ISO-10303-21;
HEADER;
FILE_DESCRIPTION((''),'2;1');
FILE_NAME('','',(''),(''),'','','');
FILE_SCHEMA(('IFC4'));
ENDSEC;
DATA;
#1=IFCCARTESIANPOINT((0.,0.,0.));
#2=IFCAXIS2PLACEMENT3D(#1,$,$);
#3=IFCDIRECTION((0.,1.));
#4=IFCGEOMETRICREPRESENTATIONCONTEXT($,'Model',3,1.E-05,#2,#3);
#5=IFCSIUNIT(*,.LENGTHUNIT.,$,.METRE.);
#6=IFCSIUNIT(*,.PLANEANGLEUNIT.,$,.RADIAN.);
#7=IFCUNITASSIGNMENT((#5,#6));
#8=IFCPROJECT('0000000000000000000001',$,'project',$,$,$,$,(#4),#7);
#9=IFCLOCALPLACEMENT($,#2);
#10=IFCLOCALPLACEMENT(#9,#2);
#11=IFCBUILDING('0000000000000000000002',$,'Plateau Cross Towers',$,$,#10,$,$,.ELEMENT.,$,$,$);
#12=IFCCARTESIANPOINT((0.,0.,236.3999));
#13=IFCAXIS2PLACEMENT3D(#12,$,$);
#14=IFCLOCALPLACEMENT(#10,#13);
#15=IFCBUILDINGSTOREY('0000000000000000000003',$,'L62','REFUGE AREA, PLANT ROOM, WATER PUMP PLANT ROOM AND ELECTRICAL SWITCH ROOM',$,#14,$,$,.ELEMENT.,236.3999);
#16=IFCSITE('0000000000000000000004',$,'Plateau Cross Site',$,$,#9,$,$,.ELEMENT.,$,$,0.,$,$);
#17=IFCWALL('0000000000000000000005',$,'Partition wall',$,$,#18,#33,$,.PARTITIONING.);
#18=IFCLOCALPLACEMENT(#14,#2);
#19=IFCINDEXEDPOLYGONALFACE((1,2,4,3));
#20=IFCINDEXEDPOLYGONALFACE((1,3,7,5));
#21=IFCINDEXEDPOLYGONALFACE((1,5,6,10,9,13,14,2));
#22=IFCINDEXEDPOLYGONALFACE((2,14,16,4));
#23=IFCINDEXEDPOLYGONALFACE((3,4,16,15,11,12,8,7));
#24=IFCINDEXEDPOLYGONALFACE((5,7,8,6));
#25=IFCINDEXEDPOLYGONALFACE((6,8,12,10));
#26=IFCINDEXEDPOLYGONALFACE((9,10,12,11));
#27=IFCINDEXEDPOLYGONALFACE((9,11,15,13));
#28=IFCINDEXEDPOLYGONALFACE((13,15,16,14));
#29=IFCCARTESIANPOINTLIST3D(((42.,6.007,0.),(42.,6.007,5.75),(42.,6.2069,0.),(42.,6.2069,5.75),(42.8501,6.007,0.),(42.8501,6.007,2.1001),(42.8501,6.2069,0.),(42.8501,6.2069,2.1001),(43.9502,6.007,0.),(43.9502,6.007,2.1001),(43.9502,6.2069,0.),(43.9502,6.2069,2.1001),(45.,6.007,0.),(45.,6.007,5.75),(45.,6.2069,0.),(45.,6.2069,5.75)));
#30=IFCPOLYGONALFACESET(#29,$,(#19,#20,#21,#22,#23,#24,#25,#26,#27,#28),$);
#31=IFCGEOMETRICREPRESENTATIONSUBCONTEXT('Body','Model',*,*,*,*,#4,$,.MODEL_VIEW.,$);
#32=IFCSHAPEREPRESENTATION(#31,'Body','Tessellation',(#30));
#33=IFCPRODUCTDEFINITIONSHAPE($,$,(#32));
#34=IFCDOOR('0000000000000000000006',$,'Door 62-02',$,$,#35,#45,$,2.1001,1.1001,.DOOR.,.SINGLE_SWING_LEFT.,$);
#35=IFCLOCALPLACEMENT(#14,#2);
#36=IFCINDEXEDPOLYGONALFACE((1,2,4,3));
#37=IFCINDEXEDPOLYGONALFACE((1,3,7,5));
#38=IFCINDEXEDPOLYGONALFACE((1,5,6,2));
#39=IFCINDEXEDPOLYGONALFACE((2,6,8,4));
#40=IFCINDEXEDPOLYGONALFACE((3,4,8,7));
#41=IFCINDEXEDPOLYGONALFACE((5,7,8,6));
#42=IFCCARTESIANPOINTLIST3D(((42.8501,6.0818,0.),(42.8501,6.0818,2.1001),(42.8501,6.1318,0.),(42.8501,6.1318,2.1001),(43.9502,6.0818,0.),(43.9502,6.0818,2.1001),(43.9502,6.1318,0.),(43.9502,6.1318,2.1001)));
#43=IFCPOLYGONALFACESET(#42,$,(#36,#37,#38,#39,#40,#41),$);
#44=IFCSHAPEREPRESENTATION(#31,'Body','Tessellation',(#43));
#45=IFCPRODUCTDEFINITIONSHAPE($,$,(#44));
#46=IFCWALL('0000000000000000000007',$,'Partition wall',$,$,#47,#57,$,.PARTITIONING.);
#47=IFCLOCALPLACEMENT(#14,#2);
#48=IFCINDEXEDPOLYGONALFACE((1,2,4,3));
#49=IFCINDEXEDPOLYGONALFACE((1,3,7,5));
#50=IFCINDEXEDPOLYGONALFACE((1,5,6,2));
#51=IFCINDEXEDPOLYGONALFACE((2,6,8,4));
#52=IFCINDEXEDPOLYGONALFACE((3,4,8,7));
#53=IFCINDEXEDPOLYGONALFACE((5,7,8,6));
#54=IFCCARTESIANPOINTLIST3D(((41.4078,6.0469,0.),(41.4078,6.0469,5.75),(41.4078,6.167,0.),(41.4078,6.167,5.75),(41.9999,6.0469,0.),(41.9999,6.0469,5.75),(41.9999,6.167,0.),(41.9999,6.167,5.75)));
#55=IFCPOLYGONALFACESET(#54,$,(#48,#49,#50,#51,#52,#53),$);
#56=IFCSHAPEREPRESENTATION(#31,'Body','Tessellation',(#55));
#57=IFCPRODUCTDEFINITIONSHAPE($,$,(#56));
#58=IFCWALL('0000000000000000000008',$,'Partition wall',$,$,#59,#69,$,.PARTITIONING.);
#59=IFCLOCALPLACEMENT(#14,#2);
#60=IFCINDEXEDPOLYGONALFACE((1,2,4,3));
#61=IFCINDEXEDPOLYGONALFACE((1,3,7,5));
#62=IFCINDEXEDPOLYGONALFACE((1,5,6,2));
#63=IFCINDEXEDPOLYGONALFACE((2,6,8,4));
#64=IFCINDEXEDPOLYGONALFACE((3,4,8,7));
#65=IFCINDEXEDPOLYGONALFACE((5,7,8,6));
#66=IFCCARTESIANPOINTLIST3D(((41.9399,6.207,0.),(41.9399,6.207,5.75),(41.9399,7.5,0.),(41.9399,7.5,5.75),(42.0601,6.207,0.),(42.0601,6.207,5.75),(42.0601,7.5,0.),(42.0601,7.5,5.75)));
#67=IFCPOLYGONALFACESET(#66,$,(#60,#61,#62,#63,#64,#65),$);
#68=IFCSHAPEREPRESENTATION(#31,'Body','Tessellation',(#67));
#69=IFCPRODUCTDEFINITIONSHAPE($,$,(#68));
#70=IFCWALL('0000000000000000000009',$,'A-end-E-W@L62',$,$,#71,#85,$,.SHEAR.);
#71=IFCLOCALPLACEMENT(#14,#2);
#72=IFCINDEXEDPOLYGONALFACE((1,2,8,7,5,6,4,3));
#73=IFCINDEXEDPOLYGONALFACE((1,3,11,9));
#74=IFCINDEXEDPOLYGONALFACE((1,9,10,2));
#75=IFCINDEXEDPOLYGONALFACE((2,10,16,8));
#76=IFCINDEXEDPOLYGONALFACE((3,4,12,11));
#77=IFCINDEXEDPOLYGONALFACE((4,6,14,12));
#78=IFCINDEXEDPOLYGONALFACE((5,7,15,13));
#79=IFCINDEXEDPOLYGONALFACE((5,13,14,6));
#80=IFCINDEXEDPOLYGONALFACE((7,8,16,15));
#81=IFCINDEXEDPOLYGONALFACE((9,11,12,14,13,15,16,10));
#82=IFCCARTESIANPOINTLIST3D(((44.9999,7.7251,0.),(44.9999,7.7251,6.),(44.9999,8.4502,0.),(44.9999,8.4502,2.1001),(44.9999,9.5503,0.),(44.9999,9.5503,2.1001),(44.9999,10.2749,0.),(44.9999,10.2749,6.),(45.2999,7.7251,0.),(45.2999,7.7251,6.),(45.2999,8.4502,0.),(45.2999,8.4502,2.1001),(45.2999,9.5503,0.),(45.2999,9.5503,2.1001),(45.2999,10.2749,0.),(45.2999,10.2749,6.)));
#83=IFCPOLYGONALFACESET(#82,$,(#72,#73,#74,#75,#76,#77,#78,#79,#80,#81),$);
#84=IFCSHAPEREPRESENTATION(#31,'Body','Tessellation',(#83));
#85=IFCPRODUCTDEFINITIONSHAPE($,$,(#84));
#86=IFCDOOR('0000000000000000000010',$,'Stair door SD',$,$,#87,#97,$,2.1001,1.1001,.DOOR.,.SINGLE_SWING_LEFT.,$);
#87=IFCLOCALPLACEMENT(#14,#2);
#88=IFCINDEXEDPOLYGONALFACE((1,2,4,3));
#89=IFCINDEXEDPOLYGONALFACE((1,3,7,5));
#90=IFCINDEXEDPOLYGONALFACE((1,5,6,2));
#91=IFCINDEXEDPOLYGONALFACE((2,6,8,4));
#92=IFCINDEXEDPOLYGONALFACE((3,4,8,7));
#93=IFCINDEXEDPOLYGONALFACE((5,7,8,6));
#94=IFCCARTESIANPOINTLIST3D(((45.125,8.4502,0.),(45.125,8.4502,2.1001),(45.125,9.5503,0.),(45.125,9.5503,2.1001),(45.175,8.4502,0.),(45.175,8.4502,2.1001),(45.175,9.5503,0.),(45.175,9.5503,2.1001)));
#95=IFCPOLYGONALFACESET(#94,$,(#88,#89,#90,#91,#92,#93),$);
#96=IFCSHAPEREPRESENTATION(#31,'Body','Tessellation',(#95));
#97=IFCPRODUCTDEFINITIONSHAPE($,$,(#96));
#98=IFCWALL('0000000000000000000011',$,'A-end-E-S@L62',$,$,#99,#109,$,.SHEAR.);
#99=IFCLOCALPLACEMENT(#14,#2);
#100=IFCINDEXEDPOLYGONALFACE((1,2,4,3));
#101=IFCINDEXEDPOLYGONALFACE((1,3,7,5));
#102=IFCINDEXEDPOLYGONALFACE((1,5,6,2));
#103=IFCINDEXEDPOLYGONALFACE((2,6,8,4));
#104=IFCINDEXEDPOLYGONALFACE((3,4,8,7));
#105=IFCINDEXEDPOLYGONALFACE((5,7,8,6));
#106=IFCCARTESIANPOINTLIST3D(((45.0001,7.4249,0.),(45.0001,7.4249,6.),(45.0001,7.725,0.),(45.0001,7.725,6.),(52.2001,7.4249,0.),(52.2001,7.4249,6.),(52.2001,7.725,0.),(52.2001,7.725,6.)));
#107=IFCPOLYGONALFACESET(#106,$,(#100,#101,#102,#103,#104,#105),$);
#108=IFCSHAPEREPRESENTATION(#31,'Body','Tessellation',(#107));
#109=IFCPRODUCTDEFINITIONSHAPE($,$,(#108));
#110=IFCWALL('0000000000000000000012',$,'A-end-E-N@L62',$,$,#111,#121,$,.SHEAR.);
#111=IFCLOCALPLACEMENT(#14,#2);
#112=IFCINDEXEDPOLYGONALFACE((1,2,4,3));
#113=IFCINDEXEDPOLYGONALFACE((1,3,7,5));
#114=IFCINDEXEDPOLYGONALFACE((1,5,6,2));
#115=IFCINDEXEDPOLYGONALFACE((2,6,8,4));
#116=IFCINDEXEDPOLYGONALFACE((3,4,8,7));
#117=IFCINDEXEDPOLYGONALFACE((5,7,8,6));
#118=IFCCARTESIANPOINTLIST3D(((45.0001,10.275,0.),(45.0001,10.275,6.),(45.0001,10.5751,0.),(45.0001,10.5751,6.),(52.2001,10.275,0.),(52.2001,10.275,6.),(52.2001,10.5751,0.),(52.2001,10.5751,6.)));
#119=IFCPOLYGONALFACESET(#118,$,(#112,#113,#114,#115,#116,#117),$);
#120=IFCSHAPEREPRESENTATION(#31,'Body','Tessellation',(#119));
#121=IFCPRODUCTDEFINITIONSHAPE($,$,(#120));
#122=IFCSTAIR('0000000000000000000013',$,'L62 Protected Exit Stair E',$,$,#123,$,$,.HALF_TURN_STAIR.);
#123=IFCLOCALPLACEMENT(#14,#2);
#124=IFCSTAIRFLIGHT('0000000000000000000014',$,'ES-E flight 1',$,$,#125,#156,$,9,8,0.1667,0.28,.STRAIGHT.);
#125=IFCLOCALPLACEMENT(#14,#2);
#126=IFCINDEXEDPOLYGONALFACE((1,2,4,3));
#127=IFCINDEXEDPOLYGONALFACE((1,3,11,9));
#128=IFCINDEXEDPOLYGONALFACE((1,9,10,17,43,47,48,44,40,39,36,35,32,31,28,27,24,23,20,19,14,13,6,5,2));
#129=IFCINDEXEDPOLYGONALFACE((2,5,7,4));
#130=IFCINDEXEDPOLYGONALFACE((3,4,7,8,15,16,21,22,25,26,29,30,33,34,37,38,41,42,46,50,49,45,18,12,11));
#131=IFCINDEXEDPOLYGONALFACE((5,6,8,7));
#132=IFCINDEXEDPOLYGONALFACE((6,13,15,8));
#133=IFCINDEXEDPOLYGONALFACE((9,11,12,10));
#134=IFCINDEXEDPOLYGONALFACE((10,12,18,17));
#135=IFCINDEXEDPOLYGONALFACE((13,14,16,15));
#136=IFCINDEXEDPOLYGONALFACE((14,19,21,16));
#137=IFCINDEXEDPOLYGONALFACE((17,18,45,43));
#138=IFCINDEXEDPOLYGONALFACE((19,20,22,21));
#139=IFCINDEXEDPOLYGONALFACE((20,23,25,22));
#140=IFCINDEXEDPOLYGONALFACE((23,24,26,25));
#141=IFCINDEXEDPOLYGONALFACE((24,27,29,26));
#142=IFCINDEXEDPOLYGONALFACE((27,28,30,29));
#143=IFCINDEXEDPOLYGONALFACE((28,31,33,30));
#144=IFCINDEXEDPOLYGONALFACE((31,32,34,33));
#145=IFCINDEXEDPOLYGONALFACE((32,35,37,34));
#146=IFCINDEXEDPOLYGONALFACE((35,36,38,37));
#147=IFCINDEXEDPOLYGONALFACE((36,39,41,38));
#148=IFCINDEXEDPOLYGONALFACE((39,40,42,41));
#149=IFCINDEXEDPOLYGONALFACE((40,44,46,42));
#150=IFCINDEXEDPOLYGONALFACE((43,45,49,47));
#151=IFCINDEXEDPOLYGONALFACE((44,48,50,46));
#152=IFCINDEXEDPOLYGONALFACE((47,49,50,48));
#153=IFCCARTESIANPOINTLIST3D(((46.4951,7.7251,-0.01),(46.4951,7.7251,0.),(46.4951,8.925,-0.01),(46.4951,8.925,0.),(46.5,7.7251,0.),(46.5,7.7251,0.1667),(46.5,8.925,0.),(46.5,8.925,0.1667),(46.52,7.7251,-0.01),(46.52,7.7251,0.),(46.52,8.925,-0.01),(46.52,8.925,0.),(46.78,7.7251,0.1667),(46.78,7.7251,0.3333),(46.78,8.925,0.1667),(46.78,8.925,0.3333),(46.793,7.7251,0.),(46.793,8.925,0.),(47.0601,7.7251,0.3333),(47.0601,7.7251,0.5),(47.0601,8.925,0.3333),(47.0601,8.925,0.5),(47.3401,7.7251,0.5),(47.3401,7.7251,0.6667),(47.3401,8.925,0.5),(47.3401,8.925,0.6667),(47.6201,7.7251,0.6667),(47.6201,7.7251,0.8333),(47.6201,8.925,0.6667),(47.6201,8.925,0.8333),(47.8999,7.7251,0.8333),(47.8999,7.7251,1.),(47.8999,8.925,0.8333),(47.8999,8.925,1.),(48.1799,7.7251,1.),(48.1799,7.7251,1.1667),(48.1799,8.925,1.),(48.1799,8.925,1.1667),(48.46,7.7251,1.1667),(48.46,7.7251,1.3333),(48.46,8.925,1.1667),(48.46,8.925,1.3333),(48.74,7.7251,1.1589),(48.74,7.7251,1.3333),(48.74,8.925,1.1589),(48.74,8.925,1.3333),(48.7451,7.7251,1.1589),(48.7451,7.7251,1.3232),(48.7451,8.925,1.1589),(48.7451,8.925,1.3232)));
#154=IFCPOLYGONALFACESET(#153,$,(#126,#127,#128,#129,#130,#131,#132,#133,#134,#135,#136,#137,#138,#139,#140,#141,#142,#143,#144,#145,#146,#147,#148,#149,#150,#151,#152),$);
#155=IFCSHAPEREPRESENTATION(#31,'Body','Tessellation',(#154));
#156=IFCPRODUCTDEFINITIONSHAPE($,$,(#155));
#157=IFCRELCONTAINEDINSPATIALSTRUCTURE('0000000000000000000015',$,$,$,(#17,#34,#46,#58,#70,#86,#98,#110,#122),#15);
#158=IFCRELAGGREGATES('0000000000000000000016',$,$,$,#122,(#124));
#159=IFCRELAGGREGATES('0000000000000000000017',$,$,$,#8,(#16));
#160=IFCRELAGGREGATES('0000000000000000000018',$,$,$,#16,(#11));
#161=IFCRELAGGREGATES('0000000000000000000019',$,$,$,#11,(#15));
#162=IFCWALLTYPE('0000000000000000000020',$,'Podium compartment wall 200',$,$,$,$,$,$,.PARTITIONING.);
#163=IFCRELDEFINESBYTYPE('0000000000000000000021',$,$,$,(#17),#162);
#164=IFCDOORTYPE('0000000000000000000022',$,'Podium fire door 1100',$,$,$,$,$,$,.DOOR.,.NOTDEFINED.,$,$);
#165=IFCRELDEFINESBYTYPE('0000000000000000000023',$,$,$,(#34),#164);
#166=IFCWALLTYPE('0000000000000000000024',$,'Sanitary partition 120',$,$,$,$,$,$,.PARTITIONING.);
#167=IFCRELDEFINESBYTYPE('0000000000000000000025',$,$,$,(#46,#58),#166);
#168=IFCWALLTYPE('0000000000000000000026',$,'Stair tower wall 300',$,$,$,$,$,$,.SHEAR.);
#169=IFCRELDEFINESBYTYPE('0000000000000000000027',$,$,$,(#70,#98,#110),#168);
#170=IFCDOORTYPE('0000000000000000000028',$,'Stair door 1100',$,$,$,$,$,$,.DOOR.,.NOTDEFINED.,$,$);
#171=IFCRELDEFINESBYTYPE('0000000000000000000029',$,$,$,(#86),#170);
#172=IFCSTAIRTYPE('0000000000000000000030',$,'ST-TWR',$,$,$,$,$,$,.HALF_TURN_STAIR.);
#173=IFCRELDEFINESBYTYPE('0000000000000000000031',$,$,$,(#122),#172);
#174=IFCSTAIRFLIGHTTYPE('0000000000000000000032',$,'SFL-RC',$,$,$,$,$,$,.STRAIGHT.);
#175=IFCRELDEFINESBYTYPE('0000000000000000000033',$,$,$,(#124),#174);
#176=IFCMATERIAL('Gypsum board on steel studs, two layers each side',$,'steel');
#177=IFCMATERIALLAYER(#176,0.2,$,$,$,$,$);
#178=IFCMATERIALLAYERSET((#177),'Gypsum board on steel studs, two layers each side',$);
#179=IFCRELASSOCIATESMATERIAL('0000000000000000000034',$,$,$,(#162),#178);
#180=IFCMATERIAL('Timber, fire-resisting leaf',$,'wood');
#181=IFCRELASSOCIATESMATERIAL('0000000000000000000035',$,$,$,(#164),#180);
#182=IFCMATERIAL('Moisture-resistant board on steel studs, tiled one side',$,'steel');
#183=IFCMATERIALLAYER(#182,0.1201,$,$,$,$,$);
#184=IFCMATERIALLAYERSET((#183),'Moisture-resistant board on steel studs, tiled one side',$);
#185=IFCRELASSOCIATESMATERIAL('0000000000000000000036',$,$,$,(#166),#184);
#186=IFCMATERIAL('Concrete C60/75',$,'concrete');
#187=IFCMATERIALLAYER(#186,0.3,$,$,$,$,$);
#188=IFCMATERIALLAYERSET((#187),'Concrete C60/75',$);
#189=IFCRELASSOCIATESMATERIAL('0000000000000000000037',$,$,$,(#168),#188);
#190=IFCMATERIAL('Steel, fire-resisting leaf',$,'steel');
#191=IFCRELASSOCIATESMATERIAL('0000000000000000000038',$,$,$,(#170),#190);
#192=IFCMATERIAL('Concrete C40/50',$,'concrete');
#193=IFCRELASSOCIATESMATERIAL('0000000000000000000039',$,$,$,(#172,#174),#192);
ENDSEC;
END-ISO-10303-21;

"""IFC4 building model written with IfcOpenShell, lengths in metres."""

from ifc_helpers import new_model, si_unit, direction, frame, frame_2d, origin, place, context, subcontext, project, spatial, polyline, rectangle, outline, extrude, material, layer, layer_set, type_object, element, fill, aggregate, save


model = new_model("IFC4")

# Units and contexts
model_context = context("Model", 3, precision=1e-05, world=origin(), true_north=direction((0.0, 1.0)))
body_context = subcontext(model_context, "Body", "Model", "MODEL_VIEW")
ifc_project = project(units=[si_unit("LENGTHUNIT", "METRE"), si_unit("PLANEANGLEUNIT", "RADIAN")], contexts=[model_context])

# Site, building, storey
site_placement = place(None, origin())
site = spatial("IfcSite", under=ifc_project, at=site_placement, Name="Plateau Cross Site", CompositionType="ELEMENT", RefElevation=0.0)
building_placement = place(site_placement, origin())
building = spatial("IfcBuilding", under=site, at=building_placement, Name="Plateau Cross Towers", CompositionType="ELEMENT")
storey_placement = place(building_placement, frame((0.0, 0.0, 236.3999)))
storey = spatial("IfcBuildingStorey", under=building, at=storey_placement, Name="L62", Description="REFUGE AREA, PLANT ROOM, WATER PUMP PLANT ROOM AND ELECTRICAL SWITCH ROOM", CompositionType="ELEMENT", Elevation=236.3999)

# Shared definitions
ifc_material_1 = material(Name="Concrete C60/75", Category="concrete")

# Wall, opening, door
ifc_material_2 = material(Name="Gypsum board on steel studs, two layers each side", Category="steel")
ifc_layer_1 = layer(ifc_material_2, 0.2)
ifc_layer_set_1 = layer_set([ifc_layer_1], Name="Gypsum board on steel studs, two layers each side")
wall_type_1 = type_object("IfcWallType", Name="Podium compartment wall 200", PredefinedType="PARTITIONING", material=ifc_layer_set_1)
wall_1_placement = place(storey_placement, frame((42.0, 6.1069, 0.0), z_axis=(0.0, 0.0, 1.0), x_axis=(1.0, 0.0, 0.0)))
wall_1 = element("IfcWall", 1, at=wall_1_placement, inside=storey, type_object=wall_type_1, Name="Partition wall", PredefinedType="PARTITIONING", context=body_context, shape_type="SweptSolid", body=[
    extrude(rectangle(XDim=3.0, YDim=0.2, at=frame_2d((1.5, 0.0))), origin(), (0.0, 0.0, 1.0), 5.75),
])
opening_1_placement = place(wall_1_placement, frame((0.8501, 0.0, 0.0)))
opening_1 = element("IfcOpeningElement", 2, at=opening_1_placement, cuts=wall_1, PredefinedType="OPENING", context=body_context, shape_type="SweptSolid", body=[
    extrude(rectangle(XDim=1.1001, YDim=2.1001, at=frame_2d((0.55, 1.05))), frame((0.0, 0.1099, 0.0), z_axis=(0.0, -1.0, 0.0), x_axis=(1.0, 0.0, 0.0)), (0.0, 0.0, 1.0), 0.22),
])
ifc_material_3 = material(Name="Timber, fire-resisting leaf", Category="wood")
door_type_1 = type_object("IfcDoorType", Name="Podium fire door 1100", OperationType="NOTDEFINED", PredefinedType="DOOR", material=ifc_material_3)
door_1_placement = place(opening_1_placement, origin())
door_1 = element("IfcDoor", 3, at=door_1_placement, inside=storey, type_object=door_type_1, Name="Door 62-02", OperationType="SINGLE_SWING_LEFT", OverallHeight=2.1001, OverallWidth=1.1001, PredefinedType="DOOR", context=body_context, shape_type="SweptSolid", body=[
    extrude(rectangle(XDim=1.1001, YDim=2.1001, at=frame_2d((0.55, 1.05))), frame((0.0, 0.0249, 0.0), z_axis=(0.0, -1.0, 0.0), x_axis=(1.0, 0.0, 0.0)), (0.0, 0.0, 1.0), 0.05),
])
fill(opening_1, door_1)

# Walls
ifc_material_4 = material(Name="Moisture-resistant board on steel studs, tiled one side", Category="steel")
ifc_layer_2 = layer(ifc_material_4, 0.1201)
ifc_layer_set_2 = layer_set([ifc_layer_2], Name="Moisture-resistant board on steel studs, tiled one side")
wall_type_2 = type_object("IfcWallType", Name="Sanitary partition 120", PredefinedType="PARTITIONING", material=ifc_layer_set_2)
wall_2_placement = place(storey_placement, frame((41.408, 6.1069, 0.0), z_axis=(0.0, 0.0, 1.0), x_axis=(1.0, 0.0, 0.0)))
element("IfcWall", 4, at=wall_2_placement, inside=storey, type_object=wall_type_2, Name="Partition wall", PredefinedType="PARTITIONING", context=body_context, shape_type="SweptSolid", body=[
    extrude(rectangle(XDim=0.592, YDim=0.1201, at=frame_2d((0.2959, 0.0))), origin(), (0.0, 0.0, 1.0), 5.75),
])
wall_3_placement = place(storey_placement, frame((42.0, 6.207, 0.0), z_axis=(0.0, 0.0, 1.0), x_axis=(0.0, 1.0, 0.0)))
element("IfcWall", 5, at=wall_3_placement, inside=storey, type_object=wall_type_2, Name="Partition wall", PredefinedType="PARTITIONING", context=body_context, shape_type="SweptSolid", body=[
    extrude(rectangle(XDim=1.293, YDim=0.1201, at=frame_2d((0.6465, 0.0))), origin(), (0.0, 0.0, 1.0), 5.75),
])

# Wall, opening, door
ifc_layer_3 = layer(ifc_material_1, 0.3)
ifc_layer_set_3 = layer_set([ifc_layer_3], Name="Concrete C60/75")
wall_type_3 = type_object("IfcWallType", Name="Stair tower wall 300", PredefinedType="SHEAR", material=ifc_layer_set_3)
wall_4_placement = place(storey_placement, frame((45.1499, 7.7251, 0.0), z_axis=(0.0, 0.0, 1.0), x_axis=(0.0, 1.0, 0.0)))
wall_4 = element("IfcWall", 6, at=wall_4_placement, inside=storey, type_object=wall_type_3, Name="A-end-E-W@L62", PredefinedType="SHEAR", context=body_context, shape_type="SweptSolid", body=[
    extrude(rectangle(XDim=2.5498, YDim=0.3, at=frame_2d((1.2749, 0.0))), origin(), (0.0, 0.0, 1.0), 6.0),
])
opening_2_placement = place(wall_4_placement, frame((0.7251, 0.0, 0.0)))
opening_2 = element("IfcOpeningElement", 7, at=opening_2_placement, cuts=wall_4, PredefinedType="OPENING", context=body_context, shape_type="SweptSolid", body=[
    extrude(rectangle(XDim=1.1001, YDim=2.1001, at=frame_2d((0.55, 1.05))), frame((0.0, 0.1599, 0.0), z_axis=(0.0, -1.0, 0.0), x_axis=(1.0, 0.0, 0.0)), (0.0, 0.0, 1.0), 0.3201),
])
ifc_material_5 = material(Name="Steel, fire-resisting leaf", Category="steel")
door_type_2 = type_object("IfcDoorType", Name="Stair door 1100", OperationType="NOTDEFINED", PredefinedType="DOOR", material=ifc_material_5)
door_2_placement = place(opening_2_placement, origin())
door_2 = element("IfcDoor", 8, at=door_2_placement, inside=storey, type_object=door_type_2, Name="Stair door SD", OperationType="SINGLE_SWING_LEFT", OverallHeight=2.1001, OverallWidth=1.1001, PredefinedType="DOOR", context=body_context, shape_type="SweptSolid", body=[
    extrude(rectangle(XDim=1.1001, YDim=2.1001, at=frame_2d((0.55, 1.05))), frame((0.0, 0.0249, 0.0), z_axis=(0.0, -1.0, 0.0), x_axis=(1.0, 0.0, 0.0)), (0.0, 0.0, 1.0), 0.05),
])
fill(opening_2, door_2)

# Walls
for number, where, z_axis, x_axis, name in (
    (9, (45.0, 7.575, 0.0), (0.0, 0.0, 1.0), (1.0, 0.0, 0.0), "A-end-E-S@L62"),
    (10, (45.0, 10.425, 0.0), (0.0, 0.0, 1.0), (1.0, 0.0, 0.0), "A-end-E-N@L62"),
):
    element("IfcWall", number, at=place(storey_placement, frame(where, z_axis=z_axis, x_axis=x_axis)), inside=storey, type_object=wall_type_3, Name=name, PredefinedType="SHEAR", context=body_context, shape_type="SweptSolid", body=[
        extrude(rectangle(XDim=7.2, YDim=0.3, at=frame_2d((3.6001, 0.0))), origin(), (0.0, 0.0, 1.0), 6.0),
    ])

# Stair, stair flight
ifc_material_6 = material(Name="Concrete C40/50", Category="concrete")
stair_type = type_object("IfcStairType", Name="ST-TWR", PredefinedType="HALF_TURN_STAIR", material=ifc_material_6)
stair_placement = place(storey_placement, origin())
stair = element("IfcStair", 11, at=stair_placement, inside=storey, type_object=stair_type, Name="L62 Protected Exit Stair E", PredefinedType="HALF_TURN_STAIR")
stair_flight_type = type_object("IfcStairFlightType", Name="SFL-RC", PredefinedType="STRAIGHT", material=ifc_material_6)
stair_flight_1_placement = place(storey_placement, frame((46.5, 8.325, 0.0), z_axis=(0.0, 0.0, 1.0), x_axis=(1.0, 0.0, 0.0)))
stair_flight_1 = element("IfcStairFlight", 12, at=stair_flight_1_placement, type_object=stair_flight_type, Name="ES-E flight 1", NumberOfRisers=9, NumberOfTreads=8, PredefinedType="STRAIGHT", RiserHeight=0.1667, TreadLength=0.28, context=body_context, shape_type="SweptSolid", body=[
    extrude(outline(polyline([(-0.0049, -0.01), (-0.0049, 0.0), (0.0, 0.0), (0.0, 0.1667), (0.28, 0.1667), (0.28, 0.3333), (0.5601, 0.3333), (0.5601, 0.5), (0.8401, 0.5), (0.8401, 0.6667), (1.1201, 0.6667), (1.1201, 0.8333), (1.3999, 0.8333), (1.3999, 1.0), (1.6799, 1.0), (1.6799, 1.1667), (1.96, 1.1667), (1.96, 1.3333), (2.24, 1.3333), (2.2451, 1.3232), (2.2451, 1.1589), (2.24, 1.1589), (0.293, 0.0), (0.02, 0.0), (0.02, -0.01), (-0.0049, -0.01)])), frame((0.0, 0.6001, 0.0), z_axis=(0.0, -1.0, 0.0), x_axis=(1.0, 0.0, 0.0)), (0.0, 0.0, 1.0), 1.2),
])
aggregate(stair, [stair_flight_1])

save(model, "model.ifc")
